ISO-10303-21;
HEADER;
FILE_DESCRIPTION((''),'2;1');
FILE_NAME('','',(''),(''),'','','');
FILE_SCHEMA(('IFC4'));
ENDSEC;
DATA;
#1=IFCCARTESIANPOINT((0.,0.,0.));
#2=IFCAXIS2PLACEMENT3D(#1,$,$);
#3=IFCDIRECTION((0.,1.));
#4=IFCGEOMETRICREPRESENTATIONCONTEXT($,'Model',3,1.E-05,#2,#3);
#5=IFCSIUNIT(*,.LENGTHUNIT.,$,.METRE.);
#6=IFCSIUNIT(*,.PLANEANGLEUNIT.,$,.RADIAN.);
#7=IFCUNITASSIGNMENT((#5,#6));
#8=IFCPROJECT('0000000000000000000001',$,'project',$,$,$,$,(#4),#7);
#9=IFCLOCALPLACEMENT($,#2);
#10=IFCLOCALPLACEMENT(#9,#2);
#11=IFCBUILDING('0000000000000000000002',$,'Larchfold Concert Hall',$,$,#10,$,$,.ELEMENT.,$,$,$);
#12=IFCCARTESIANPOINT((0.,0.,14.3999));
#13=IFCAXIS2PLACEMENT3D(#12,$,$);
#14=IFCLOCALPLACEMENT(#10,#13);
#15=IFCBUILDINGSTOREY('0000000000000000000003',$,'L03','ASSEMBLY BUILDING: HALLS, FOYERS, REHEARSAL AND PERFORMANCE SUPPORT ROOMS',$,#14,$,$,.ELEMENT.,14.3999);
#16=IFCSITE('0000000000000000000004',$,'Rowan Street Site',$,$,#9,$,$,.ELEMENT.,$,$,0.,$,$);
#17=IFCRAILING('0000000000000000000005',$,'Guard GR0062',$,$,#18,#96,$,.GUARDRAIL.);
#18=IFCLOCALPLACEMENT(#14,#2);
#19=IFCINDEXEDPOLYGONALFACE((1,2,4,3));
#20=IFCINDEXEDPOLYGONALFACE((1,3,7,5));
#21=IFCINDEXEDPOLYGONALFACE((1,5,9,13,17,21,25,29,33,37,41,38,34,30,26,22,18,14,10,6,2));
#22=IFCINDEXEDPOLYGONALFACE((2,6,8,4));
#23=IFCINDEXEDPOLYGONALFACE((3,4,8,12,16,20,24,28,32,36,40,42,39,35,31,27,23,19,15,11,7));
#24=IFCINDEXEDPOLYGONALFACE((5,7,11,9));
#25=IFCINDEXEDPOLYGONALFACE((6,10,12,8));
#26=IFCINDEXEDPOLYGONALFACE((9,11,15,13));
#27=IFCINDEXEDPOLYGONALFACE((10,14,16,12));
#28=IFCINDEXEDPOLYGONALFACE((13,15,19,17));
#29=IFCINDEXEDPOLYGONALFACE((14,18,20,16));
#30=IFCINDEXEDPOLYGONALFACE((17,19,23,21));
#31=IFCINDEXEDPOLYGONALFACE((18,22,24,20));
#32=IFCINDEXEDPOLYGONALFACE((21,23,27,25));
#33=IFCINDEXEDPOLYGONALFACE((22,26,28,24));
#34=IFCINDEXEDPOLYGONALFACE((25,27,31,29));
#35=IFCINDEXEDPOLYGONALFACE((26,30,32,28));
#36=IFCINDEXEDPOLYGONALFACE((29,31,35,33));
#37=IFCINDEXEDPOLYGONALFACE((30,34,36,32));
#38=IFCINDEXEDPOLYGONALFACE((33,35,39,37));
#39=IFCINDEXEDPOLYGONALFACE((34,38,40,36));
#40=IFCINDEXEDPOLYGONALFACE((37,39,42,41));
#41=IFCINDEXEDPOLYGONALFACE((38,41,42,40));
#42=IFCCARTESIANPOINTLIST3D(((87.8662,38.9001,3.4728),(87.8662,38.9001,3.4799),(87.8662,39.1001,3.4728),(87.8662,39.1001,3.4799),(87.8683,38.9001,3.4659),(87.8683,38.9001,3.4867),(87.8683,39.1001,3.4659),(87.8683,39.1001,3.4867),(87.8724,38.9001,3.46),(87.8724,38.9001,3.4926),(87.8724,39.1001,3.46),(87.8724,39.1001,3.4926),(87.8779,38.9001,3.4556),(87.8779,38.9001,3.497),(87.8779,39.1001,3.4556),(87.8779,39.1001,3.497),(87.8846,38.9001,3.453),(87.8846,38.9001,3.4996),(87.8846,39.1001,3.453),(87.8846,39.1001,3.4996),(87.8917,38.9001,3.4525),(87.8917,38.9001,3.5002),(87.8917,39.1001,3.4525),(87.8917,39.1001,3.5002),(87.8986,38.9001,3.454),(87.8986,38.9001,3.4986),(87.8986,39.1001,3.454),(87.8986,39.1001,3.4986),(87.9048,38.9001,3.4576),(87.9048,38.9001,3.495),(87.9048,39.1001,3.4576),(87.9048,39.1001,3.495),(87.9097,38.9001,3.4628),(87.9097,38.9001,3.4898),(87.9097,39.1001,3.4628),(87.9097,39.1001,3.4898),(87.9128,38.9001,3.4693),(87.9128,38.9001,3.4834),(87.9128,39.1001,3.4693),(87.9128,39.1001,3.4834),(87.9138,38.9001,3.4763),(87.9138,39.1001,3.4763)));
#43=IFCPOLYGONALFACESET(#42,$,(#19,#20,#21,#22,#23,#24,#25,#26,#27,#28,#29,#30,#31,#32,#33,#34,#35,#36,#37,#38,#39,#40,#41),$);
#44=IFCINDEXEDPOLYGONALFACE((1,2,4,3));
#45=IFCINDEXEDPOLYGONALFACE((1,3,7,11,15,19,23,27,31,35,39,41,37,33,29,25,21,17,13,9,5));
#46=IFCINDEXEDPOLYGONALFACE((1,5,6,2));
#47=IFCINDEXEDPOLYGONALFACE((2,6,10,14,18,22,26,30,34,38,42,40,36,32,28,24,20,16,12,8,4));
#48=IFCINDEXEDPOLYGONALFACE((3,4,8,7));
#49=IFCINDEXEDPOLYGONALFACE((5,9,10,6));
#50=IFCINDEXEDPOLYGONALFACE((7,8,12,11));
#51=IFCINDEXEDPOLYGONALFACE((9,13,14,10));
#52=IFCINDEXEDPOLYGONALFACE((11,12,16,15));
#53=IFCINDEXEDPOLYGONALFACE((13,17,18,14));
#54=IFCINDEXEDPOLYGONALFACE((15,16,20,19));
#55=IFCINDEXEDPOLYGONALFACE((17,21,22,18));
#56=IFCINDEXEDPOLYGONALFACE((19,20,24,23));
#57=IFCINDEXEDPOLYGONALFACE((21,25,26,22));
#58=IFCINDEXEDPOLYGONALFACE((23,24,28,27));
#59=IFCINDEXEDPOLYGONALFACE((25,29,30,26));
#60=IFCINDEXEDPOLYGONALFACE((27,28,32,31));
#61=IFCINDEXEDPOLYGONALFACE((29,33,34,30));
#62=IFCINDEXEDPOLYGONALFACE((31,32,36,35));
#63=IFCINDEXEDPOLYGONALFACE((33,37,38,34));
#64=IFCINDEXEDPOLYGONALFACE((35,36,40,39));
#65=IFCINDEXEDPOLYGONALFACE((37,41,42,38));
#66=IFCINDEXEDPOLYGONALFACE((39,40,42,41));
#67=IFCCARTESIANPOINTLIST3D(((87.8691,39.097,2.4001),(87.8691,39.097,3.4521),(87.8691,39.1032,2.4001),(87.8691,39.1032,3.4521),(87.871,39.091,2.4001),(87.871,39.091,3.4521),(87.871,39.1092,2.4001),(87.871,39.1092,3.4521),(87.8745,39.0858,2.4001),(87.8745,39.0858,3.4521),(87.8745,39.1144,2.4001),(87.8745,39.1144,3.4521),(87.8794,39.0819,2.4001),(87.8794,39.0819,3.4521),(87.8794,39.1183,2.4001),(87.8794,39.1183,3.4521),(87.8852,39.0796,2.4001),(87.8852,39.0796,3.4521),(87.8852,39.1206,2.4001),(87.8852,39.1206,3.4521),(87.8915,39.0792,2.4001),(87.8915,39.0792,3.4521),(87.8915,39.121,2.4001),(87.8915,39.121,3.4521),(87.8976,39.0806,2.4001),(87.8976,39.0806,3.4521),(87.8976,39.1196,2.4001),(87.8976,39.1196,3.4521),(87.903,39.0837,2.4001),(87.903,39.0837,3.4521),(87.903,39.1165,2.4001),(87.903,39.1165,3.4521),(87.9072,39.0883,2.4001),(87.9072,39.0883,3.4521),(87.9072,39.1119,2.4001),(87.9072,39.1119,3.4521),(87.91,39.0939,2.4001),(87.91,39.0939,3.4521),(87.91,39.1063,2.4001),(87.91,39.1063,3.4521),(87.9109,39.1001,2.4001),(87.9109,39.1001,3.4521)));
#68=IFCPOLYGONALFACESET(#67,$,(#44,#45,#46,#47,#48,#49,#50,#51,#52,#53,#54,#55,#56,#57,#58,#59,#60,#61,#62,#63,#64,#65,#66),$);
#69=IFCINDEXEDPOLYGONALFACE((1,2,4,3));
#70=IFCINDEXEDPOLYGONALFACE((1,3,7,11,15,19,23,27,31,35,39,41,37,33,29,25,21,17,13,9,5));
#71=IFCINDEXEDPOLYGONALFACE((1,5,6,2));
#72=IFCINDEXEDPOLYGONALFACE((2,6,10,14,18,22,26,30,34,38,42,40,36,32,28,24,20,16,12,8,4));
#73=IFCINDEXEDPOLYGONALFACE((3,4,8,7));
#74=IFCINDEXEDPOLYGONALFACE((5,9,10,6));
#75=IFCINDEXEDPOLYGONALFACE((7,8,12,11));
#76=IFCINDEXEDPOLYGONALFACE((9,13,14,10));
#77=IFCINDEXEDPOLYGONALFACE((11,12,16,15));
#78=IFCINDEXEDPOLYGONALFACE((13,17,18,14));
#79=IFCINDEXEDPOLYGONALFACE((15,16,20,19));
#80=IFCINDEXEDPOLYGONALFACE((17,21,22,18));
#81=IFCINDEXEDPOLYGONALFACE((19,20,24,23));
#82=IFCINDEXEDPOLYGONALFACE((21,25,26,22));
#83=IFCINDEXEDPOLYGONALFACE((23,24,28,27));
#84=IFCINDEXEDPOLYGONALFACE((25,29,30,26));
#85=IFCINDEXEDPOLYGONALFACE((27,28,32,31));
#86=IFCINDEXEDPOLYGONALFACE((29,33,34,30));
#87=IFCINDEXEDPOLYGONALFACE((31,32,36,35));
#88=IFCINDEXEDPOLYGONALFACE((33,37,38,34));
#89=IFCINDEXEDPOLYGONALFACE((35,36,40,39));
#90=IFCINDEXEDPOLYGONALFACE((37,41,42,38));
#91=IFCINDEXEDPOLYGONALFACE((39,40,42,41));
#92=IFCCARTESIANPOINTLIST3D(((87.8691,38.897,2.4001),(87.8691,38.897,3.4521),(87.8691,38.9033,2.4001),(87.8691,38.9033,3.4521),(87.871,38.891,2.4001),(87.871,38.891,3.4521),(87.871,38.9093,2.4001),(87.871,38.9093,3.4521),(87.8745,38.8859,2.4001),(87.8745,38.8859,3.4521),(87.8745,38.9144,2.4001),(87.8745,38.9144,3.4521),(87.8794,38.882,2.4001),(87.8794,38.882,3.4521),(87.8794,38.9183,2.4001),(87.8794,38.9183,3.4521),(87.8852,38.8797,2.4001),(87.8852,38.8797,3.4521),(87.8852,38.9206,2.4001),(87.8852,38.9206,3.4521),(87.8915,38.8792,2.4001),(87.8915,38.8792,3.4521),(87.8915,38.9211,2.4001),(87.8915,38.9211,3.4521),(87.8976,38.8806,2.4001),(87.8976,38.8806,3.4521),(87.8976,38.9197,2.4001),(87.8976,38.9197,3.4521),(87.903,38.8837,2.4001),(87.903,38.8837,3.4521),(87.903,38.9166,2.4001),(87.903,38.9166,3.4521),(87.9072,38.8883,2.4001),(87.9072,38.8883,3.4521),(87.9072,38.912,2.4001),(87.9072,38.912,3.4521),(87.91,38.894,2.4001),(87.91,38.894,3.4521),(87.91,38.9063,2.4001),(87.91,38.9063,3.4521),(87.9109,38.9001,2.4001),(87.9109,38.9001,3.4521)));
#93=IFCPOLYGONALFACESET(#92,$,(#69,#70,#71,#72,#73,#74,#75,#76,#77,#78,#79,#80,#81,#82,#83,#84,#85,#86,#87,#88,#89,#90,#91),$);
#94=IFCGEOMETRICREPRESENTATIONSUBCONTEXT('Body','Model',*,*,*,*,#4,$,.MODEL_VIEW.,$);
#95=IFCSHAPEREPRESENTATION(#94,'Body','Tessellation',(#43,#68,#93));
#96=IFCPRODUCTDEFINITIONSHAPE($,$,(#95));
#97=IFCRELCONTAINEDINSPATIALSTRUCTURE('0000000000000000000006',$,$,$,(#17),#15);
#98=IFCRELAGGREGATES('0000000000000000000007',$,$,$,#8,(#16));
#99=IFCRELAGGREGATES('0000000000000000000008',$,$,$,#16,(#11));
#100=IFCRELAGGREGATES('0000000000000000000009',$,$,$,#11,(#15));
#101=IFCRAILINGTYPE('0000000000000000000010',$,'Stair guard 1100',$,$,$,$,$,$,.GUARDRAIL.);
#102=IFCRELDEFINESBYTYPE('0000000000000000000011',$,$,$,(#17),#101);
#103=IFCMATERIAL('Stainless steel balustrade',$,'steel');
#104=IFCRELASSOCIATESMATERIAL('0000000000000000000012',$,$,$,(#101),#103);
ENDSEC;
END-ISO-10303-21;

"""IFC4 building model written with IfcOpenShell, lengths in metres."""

from ifc_helpers import new_model, si_unit, direction, frame, origin, origin_2d, place, context, subcontext, project, spatial, circle, extrude, material, type_object, element, save


model = new_model("IFC4")

# Units and contexts
model_context = context("Model", 3, precision=1e-05, world=origin(), true_north=direction((0.0, 1.0)))
body_context = subcontext(model_context, "Body", "Model", "MODEL_VIEW")
ifc_project = project(units=[si_unit("LENGTHUNIT", "METRE"), si_unit("PLANEANGLEUNIT", "RADIAN")], contexts=[model_context])

# Site, building, storey
site_placement = place(None, origin())
site = spatial("IfcSite", under=ifc_project, at=site_placement, Name="Rowan Street Site", CompositionType="ELEMENT", RefElevation=0.0)
building_placement = place(site_placement, origin())
building = spatial("IfcBuilding", under=site, at=building_placement, Name="Larchfold Concert Hall", CompositionType="ELEMENT")
storey_placement = place(building_placement, frame((0.0, 0.0, 14.3999)))
storey = spatial("IfcBuildingStorey", under=building, at=storey_placement, Name="L03", Description="ASSEMBLY BUILDING: HALLS, FOYERS, REHEARSAL AND PERFORMANCE SUPPORT ROOMS", CompositionType="ELEMENT", Elevation=14.3999)

# Railing
ifc_material_1 = material(Name="Stainless steel balustrade", Category="steel")
railing_type_1 = type_object("IfcRailingType", Name="Stair guard 1100", PredefinedType="GUARDRAIL", material=ifc_material_1)
railing_1_placement = place(storey_placement, frame((87.8899, 39.1001, 2.4001)))
element("IfcRailing", 1, at=railing_1_placement, inside=storey, type_object=railing_type_1, Name="Guard GR0062", PredefinedType="GUARDRAIL", context=body_context, shape_type="SweptSolid", body=[
    extrude(circle(Radius=0.0239, at=origin_2d()), frame((0.0, 0.0, 1.0762), z_axis=(0.0, -1.0, 0.0), x_axis=(1.0, 0.0, 0.0)), (0.0, 0.0, 1.0), 0.2),
    extrude(circle(Radius=0.021, at=origin_2d()), origin(), (0.0, 0.0, 1.0), 1.052),
    extrude(circle(Radius=0.021, at=origin_2d()), frame((0.0, -0.2, 0.0)), (0.0, 0.0, 1.0), 1.052),
])

save(model, "model.ifc")
